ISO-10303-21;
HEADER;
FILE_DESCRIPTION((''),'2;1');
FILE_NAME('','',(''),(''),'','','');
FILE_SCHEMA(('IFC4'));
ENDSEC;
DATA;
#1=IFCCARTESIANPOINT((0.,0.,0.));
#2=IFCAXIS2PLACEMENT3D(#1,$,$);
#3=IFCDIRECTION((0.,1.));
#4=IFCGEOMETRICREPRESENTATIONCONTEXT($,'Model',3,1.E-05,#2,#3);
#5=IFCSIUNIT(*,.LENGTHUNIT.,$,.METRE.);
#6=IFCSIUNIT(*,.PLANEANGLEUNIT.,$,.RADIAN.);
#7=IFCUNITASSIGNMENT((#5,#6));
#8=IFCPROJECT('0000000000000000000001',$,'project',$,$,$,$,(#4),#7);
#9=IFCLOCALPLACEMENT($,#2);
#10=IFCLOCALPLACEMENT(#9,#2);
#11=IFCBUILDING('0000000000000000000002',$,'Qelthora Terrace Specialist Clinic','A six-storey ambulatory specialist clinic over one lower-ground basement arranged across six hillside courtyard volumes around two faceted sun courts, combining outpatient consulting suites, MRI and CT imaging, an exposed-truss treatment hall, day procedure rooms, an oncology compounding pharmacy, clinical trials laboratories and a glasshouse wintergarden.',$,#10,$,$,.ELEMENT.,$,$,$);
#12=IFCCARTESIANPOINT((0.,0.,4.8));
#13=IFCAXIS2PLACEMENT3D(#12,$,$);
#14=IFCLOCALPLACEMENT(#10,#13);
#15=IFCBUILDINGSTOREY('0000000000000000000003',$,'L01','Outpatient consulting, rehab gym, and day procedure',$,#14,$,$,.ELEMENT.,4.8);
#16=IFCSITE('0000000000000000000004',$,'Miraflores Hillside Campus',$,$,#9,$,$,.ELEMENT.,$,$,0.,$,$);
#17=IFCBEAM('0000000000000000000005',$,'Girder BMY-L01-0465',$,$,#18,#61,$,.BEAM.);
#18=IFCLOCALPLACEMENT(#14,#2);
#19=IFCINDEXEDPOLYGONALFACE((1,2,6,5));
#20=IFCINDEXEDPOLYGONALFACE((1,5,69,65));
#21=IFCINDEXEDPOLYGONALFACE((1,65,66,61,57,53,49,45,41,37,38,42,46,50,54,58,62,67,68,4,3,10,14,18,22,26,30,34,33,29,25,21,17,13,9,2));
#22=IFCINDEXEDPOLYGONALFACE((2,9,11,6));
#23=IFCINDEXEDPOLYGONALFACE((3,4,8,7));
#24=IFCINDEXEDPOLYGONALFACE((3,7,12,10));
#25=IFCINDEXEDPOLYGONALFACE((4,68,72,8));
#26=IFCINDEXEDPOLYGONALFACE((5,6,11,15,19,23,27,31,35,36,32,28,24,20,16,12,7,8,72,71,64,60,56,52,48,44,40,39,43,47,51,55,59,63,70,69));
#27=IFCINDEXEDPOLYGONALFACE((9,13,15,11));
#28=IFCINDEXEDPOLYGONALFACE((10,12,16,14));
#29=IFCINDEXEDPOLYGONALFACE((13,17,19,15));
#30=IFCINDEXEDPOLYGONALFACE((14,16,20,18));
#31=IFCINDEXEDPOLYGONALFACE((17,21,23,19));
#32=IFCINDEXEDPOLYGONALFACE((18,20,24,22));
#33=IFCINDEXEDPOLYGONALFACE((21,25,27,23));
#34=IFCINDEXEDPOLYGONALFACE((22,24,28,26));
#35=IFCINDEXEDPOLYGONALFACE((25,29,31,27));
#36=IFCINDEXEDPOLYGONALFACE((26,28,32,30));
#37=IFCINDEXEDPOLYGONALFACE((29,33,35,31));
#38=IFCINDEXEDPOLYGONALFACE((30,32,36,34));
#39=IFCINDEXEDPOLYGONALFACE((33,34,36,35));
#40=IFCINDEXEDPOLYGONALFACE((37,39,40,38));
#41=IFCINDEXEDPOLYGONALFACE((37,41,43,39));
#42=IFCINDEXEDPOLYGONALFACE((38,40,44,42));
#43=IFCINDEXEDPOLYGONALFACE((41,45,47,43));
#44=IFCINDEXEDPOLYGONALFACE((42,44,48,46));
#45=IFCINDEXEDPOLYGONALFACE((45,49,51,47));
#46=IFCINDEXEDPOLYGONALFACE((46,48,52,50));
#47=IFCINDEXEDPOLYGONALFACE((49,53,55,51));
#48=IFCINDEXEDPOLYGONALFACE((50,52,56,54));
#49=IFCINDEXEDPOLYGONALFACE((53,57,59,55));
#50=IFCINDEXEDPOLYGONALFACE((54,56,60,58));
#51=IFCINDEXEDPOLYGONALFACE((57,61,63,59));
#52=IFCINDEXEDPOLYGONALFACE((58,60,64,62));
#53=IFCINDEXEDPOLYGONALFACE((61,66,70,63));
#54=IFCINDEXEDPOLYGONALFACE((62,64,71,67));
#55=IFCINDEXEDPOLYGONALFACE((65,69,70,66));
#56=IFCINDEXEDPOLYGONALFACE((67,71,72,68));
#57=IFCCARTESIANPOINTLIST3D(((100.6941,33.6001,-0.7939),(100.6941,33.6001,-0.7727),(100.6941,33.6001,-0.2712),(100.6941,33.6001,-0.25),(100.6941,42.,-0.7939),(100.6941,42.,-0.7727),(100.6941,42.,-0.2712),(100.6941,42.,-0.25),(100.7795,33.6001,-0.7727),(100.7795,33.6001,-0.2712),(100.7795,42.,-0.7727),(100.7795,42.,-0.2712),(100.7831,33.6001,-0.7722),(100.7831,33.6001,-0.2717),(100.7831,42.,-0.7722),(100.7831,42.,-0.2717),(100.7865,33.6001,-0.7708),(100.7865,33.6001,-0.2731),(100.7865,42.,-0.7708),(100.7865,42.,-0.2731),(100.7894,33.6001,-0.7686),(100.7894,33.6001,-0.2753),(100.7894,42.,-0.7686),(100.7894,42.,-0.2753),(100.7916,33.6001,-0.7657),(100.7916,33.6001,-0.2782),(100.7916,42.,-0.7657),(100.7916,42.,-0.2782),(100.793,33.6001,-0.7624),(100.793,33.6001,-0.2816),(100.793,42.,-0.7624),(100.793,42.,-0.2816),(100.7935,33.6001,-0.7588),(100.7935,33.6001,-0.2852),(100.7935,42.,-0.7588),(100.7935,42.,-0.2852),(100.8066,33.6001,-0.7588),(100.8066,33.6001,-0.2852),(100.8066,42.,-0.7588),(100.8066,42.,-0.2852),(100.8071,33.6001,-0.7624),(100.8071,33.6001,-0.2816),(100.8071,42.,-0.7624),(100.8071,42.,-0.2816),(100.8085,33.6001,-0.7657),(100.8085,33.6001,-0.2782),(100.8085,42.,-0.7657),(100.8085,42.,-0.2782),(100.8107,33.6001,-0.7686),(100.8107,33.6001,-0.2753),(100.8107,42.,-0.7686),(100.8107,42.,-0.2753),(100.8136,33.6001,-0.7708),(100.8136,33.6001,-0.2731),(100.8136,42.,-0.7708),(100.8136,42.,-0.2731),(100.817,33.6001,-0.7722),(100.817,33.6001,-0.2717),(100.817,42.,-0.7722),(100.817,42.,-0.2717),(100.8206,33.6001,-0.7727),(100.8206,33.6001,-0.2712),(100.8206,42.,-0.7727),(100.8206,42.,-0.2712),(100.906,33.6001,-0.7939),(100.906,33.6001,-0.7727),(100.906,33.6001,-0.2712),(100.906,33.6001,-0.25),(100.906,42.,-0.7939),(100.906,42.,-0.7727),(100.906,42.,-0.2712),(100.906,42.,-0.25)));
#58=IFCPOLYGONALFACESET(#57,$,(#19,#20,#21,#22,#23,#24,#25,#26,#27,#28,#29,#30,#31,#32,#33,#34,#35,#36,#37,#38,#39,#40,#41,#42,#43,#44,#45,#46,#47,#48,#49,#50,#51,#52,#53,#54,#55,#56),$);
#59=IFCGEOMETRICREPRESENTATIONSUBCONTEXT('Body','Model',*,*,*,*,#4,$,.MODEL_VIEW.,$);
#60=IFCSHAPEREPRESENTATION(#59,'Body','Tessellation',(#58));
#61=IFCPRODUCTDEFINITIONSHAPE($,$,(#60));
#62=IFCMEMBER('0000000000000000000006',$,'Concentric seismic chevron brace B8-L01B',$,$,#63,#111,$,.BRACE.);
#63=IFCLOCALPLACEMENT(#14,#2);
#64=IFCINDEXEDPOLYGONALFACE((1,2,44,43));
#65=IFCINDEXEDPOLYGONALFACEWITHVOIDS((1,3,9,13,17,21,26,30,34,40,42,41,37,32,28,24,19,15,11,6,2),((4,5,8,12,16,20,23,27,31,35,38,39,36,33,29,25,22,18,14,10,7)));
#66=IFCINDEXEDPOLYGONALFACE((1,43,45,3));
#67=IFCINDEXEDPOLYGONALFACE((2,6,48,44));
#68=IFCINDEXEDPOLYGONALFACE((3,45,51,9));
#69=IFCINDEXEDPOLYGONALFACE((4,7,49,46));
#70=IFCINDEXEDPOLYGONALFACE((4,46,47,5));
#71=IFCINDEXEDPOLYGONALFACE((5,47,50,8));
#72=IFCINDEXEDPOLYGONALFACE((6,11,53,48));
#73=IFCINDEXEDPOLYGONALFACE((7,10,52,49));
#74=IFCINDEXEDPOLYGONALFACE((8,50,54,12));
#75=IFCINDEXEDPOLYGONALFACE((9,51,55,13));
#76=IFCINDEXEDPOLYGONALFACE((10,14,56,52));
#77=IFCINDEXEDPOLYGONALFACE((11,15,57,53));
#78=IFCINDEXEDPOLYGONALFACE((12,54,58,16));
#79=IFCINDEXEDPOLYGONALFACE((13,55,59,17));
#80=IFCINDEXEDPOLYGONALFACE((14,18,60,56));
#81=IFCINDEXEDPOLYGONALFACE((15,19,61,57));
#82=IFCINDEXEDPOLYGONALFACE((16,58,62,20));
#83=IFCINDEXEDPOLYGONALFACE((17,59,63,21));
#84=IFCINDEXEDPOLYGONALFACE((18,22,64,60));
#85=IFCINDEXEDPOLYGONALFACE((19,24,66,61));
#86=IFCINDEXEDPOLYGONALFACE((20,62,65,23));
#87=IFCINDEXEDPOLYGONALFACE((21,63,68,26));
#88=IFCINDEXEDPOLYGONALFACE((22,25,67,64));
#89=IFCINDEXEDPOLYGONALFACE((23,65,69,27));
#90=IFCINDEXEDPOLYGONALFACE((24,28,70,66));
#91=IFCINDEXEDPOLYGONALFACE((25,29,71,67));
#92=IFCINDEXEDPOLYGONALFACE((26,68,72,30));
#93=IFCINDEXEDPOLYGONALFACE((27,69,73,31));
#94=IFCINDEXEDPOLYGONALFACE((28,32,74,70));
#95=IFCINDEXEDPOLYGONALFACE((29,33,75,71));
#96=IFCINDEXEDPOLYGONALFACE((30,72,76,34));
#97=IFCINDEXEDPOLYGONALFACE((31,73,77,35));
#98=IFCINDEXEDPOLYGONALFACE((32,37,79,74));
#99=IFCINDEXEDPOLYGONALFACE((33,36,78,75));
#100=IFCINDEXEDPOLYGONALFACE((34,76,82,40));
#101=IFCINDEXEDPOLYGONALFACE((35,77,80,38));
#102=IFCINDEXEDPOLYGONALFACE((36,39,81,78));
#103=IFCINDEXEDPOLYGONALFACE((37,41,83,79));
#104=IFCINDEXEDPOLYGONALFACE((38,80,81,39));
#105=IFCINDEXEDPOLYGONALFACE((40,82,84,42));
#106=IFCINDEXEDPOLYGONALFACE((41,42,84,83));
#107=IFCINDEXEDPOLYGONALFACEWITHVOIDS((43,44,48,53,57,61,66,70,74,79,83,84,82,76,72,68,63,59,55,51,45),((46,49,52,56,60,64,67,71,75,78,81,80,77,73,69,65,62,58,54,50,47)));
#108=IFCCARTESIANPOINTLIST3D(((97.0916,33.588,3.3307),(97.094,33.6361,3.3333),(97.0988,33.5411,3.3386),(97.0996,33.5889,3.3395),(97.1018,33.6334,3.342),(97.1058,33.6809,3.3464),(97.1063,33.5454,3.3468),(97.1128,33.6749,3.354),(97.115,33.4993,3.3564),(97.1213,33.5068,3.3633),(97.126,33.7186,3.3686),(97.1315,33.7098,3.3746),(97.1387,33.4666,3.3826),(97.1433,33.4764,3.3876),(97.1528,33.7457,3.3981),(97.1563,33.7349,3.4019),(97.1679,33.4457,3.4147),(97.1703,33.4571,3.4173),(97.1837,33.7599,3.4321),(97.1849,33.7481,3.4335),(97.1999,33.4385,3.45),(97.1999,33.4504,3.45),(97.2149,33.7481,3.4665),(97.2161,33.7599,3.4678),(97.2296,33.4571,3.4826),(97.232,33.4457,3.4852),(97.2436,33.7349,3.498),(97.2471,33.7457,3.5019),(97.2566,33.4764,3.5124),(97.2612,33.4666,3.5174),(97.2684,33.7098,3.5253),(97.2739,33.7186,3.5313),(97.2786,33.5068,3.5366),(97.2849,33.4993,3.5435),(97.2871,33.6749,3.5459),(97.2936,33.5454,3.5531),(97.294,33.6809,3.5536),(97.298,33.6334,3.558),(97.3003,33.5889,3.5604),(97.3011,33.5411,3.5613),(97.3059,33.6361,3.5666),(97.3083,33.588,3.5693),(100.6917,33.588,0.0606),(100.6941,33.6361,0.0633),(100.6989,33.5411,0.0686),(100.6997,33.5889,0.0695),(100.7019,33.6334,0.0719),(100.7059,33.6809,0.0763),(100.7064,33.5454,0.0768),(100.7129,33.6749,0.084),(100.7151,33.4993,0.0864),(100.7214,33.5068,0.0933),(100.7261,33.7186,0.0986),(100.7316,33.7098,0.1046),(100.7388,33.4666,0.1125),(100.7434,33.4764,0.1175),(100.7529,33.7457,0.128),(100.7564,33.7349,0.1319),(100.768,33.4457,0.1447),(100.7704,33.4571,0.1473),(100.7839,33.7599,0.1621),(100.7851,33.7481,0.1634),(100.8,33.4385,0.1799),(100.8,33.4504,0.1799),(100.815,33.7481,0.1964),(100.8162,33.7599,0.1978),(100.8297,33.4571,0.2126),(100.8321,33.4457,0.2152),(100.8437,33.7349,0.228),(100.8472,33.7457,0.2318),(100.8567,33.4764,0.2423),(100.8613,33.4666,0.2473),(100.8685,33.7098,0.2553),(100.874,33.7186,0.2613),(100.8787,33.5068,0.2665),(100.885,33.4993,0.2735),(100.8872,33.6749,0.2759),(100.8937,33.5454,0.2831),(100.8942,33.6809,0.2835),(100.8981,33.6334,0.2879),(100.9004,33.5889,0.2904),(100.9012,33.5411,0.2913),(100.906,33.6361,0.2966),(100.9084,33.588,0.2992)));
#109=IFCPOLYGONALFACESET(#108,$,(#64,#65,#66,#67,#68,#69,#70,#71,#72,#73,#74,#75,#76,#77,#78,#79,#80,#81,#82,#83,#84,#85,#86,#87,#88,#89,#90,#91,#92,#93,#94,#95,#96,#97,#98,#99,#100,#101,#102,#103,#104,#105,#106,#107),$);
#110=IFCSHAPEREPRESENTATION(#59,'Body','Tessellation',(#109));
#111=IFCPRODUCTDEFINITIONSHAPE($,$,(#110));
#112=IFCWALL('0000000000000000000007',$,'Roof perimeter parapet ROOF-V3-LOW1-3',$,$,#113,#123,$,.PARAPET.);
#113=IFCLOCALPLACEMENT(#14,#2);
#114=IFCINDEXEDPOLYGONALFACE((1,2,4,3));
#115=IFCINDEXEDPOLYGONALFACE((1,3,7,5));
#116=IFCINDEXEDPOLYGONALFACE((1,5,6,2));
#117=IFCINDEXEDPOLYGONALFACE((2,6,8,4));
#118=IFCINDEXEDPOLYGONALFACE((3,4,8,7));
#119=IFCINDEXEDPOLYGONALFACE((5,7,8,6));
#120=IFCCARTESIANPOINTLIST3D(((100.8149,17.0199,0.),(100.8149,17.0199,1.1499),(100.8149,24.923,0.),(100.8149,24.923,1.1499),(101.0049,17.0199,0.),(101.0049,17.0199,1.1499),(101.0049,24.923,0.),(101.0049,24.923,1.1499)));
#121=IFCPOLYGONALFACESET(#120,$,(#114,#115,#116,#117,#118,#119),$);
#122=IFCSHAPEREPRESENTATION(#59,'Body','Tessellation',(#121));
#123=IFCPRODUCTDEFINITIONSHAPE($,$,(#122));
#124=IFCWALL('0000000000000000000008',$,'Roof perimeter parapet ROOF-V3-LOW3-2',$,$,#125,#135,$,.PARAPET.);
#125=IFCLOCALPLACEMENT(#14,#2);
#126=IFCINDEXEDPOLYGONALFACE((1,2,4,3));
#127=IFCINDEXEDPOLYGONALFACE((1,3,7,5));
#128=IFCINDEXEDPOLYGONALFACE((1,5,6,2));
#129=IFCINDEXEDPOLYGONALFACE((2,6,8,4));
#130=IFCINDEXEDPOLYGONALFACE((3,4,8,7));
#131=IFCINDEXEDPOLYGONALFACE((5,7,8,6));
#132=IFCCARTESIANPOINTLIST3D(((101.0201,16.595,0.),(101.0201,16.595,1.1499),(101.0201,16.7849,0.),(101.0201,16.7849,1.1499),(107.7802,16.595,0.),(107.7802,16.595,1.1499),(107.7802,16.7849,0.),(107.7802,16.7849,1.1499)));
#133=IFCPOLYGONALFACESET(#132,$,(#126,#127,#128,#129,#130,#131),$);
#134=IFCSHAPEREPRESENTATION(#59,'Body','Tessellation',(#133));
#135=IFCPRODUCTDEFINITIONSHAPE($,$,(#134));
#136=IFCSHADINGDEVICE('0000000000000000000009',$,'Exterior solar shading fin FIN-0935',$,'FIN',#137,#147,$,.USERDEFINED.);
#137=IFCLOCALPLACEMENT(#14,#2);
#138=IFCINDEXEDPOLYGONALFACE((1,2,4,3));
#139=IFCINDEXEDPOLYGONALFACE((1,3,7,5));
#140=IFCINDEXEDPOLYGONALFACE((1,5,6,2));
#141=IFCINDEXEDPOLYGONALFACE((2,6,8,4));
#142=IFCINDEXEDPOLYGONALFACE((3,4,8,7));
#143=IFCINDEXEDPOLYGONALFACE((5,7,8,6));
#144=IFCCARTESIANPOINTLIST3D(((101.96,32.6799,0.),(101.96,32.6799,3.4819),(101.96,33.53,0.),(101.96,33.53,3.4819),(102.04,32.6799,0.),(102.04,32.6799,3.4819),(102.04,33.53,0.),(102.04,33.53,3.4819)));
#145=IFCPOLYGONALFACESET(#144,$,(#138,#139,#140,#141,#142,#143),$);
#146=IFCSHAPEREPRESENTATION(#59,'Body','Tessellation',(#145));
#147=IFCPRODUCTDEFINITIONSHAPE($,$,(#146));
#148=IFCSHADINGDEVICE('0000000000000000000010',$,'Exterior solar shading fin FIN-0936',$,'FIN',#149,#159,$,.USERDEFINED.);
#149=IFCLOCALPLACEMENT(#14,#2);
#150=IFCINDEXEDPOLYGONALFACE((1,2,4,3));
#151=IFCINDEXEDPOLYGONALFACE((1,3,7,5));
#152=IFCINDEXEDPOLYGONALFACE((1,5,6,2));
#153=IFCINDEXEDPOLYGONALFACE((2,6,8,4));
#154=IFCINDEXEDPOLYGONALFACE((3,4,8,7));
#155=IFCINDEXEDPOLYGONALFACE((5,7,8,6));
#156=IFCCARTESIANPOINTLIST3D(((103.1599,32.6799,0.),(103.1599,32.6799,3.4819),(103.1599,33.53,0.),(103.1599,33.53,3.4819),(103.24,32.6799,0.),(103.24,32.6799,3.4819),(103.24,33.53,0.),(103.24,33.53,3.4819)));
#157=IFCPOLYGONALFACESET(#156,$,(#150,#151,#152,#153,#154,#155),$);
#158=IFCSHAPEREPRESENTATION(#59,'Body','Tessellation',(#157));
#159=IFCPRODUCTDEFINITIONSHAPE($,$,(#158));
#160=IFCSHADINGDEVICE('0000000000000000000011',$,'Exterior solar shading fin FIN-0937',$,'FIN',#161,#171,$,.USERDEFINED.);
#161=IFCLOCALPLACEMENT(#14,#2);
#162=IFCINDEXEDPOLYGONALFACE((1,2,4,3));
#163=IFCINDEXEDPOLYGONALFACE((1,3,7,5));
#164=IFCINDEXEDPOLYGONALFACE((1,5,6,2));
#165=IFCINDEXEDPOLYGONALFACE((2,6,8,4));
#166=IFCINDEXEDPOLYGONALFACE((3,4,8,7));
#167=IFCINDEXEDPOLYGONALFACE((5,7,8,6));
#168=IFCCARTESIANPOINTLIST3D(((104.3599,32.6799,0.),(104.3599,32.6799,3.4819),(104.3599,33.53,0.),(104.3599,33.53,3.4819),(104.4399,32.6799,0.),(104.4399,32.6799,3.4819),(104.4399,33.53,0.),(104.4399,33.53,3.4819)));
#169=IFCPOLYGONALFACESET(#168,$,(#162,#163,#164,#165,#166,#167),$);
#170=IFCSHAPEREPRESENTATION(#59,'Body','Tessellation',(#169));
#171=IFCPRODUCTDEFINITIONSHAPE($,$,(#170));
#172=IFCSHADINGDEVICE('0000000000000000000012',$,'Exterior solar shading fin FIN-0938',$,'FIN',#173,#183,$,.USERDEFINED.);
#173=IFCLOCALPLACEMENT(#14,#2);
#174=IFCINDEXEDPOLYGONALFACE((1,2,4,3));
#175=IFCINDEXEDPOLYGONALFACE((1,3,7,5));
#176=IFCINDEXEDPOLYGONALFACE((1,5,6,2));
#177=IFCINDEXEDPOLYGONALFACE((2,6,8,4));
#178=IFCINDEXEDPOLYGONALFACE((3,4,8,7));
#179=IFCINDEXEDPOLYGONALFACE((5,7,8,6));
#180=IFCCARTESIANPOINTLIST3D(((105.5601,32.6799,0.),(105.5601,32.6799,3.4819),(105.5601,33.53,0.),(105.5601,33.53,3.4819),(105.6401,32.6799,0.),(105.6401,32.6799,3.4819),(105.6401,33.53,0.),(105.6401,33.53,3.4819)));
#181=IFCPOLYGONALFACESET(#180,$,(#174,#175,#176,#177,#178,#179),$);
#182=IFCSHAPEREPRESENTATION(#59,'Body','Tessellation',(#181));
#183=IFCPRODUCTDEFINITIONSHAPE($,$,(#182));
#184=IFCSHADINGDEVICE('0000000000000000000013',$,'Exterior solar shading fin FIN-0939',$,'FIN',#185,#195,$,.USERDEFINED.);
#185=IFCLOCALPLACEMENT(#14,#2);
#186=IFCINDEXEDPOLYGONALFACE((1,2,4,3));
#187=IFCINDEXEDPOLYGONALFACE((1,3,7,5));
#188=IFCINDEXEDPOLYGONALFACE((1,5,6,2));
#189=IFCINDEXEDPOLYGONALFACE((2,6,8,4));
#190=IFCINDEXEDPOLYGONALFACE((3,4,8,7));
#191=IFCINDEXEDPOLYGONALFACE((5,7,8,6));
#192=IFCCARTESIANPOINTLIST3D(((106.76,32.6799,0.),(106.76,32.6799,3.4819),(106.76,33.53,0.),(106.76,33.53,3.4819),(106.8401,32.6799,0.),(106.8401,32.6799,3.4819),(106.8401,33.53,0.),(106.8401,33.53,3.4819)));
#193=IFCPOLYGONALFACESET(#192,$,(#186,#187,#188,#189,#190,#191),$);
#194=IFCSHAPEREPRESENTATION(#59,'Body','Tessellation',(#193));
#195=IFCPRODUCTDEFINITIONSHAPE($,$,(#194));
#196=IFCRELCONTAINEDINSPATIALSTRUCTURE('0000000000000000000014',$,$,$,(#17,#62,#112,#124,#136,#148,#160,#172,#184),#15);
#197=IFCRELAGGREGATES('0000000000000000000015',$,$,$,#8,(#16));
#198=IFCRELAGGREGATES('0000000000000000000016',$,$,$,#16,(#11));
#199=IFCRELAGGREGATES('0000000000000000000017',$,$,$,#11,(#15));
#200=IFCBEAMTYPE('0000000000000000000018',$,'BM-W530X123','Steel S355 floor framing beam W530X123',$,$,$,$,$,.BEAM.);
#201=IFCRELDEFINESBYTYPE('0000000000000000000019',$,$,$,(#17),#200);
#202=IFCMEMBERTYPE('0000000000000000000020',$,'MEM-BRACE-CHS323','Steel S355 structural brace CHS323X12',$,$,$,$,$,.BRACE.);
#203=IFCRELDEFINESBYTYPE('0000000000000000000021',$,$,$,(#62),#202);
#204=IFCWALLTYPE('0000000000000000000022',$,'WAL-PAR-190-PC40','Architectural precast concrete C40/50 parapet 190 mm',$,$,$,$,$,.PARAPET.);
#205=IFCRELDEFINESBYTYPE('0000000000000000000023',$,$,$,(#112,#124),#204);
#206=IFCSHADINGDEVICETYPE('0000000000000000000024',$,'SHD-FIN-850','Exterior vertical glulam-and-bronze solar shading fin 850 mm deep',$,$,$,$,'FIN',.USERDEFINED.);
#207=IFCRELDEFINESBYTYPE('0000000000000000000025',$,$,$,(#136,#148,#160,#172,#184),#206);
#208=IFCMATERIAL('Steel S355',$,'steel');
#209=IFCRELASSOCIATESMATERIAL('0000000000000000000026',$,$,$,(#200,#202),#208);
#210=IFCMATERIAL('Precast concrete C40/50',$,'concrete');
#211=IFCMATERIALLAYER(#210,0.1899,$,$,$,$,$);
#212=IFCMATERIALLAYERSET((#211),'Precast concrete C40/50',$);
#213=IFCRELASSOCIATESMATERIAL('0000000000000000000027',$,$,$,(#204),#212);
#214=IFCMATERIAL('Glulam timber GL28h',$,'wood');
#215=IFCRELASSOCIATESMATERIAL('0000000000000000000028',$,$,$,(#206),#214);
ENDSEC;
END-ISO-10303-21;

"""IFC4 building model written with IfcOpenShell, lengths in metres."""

from ifc_helpers import new_model, si_unit, direction, frame, frame_2d, origin, origin_2d, place, context, subcontext, project, spatial, rectangle, hollow_circle, i_section, extrude, material, layer, layer_set, material_profile, profile_set, type_object, element, save


model = new_model("IFC4")

# Units and contexts
model_context = context("Model", 3, precision=1e-05, world=origin(), true_north=direction((0.0, 1.0)))
body_context = subcontext(model_context, "Body", "Model", "MODEL_VIEW")
ifc_project = project(units=[si_unit("LENGTHUNIT", "METRE"), si_unit("PLANEANGLEUNIT", "RADIAN")], contexts=[model_context])

# Site, building, storey
site_placement = place(None, origin())
site = spatial("IfcSite", under=ifc_project, at=site_placement, Name="Miraflores Hillside Campus", CompositionType="ELEMENT", RefElevation=0.0)
building_placement = place(site_placement, origin())
building = spatial("IfcBuilding", under=site, at=building_placement, Name="Qelthora Terrace Specialist Clinic", Description="A six-storey ambulatory specialist clinic over one lower-ground basement arranged across six hillside courtyard volumes around two faceted sun courts, combining outpatient consulting suites, MRI and CT imaging, an exposed-truss treatment hall, day procedure rooms, an oncology compounding pharmacy, clinical trials laboratories and a glasshouse wintergarden.", CompositionType="ELEMENT")
storey_placement = place(building_placement, frame((0.0, 0.0, 4.8)))
storey = spatial("IfcBuildingStorey", under=building, at=storey_placement, Name="L01", Description="Outpatient consulting, rehab gym, and day procedure", CompositionType="ELEMENT", Elevation=4.8)

# Shared definitions
ifc_material_1 = material(Name="Steel S355", Category="steel")

# Beam
ifc_material_profile_1 = material_profile(ifc_material_1, i_section(OverallWidth=0.2119, OverallDepth=0.5439, WebThickness=0.0132, FlangeThickness=0.0212, FilletRadius=0.0139, at=origin_2d()), Name="W530X123")
ifc_profile_set_1 = profile_set([ifc_material_profile_1], Name="Steel S355")
beam_type_1 = type_object("IfcBeamType", Name="BM-W530X123", Description="Steel S355 floor framing beam W530X123", PredefinedType="BEAM", material=ifc_profile_set_1)
beam_1_placement = place(storey_placement, frame((100.8, 33.6001, -0.522), z_axis=(0.0, 1.0, 0.0), x_axis=(-1.0, 0.0, 0.0)))
element("IfcBeam", 1, at=beam_1_placement, inside=storey, type_object=beam_type_1, Name="Girder BMY-L01-0465", PredefinedType="BEAM", context=body_context, shape_type="SweptSolid", body=[
    extrude(i_section(OverallWidth=0.2119, OverallDepth=0.5439, WebThickness=0.0132, FlangeThickness=0.0212, FilletRadius=0.0139, at=origin_2d()), origin(), (0.0, 0.0, 1.0), 8.3999),
])

# Member
ifc_material_profile_2 = material_profile(ifc_material_1, hollow_circle(Radius=0.1616, WallThickness=0.012, at=origin_2d()), Name="CHS323X12")
ifc_profile_set_2 = profile_set([ifc_material_profile_2], Name="Steel S355")
member_type = type_object("IfcMemberType", Name="MEM-BRACE-CHS323", Description="Steel S355 structural brace CHS323X12", PredefinedType="BRACE", material=ifc_profile_set_2)
member_placement = place(storey_placement, frame((100.8, 33.6001, 0.1799), z_axis=(-0.740226, 0.0, 0.672358), x_axis=(0.0, -1.0, 0.0)))
element("IfcMember", 2, at=member_placement, inside=storey, type_object=member_type, Name="Concentric seismic chevron brace B8-L01B", PredefinedType="BRACE", context=body_context, shape_type="SweptSolid", body=[
    extrude(hollow_circle(Radius=0.1616, WallThickness=0.012, at=origin_2d()), origin(), (0.0, 0.0, 1.0), 4.8635),
])

# Walls
ifc_material_2 = material(Name="Precast concrete C40/50", Category="concrete")
ifc_layer = layer(ifc_material_2, 0.1899)
ifc_layer_set = layer_set([ifc_layer], Name="Precast concrete C40/50")
wall_type = type_object("IfcWallType", Name="WAL-PAR-190-PC40", Description="Architectural precast concrete C40/50 parapet 190 mm", PredefinedType="PARAPET", material=ifc_layer_set)
wall_1_placement = place(storey_placement, frame((100.9099, 24.9231, 0.0), z_axis=(0.0, 0.0, 1.0), x_axis=(0.0, -1.0, 0.0)))
element("IfcWall", 3, at=wall_1_placement, inside=storey, type_object=wall_type, Name="Roof perimeter parapet ROOF-V3-LOW1-3", PredefinedType="PARAPET", context=body_context, shape_type="SweptSolid", body=[
    extrude(rectangle(XDim=7.9031, YDim=0.1899, at=frame_2d((3.9517, 0.0))), origin(), (0.0, 0.0, 1.0), 1.1499),
])
wall_2_placement = place(storey_placement, frame((107.78, 16.6899, 0.0), z_axis=(0.0, 0.0, 1.0), x_axis=(-1.0, 0.0, 0.0)))
element("IfcWall", 4, at=wall_2_placement, inside=storey, type_object=wall_type, Name="Roof perimeter parapet ROOF-V3-LOW3-2", PredefinedType="PARAPET", context=body_context, shape_type="SweptSolid", body=[
    extrude(rectangle(XDim=6.76, YDim=0.1899, at=frame_2d((3.3799, 0.0))), origin(), (0.0, 0.0, 1.0), 1.1499),
])

# Shading devices
ifc_material_3 = material(Name="Glulam timber GL28h", Category="wood")
shading_device_type = type_object("IfcShadingDeviceType", Name="SHD-FIN-850", Description="Exterior vertical glulam-and-bronze solar shading fin 850 mm deep", ElementType="FIN", PredefinedType="USERDEFINED", material=ifc_material_3)
for number, where, z_axis, x_axis, name in (
    (5, (102.0, 33.105, 0.0), (0.0, 0.0, 1.0), (0.0, -1.0, 0.0), "Exterior solar shading fin FIN-0935"),
    (6, (103.2, 33.105, 0.0), (0.0, 0.0, 1.0), (0.0, -1.0, 0.0), "Exterior solar shading fin FIN-0936"),
    (7, (104.3999, 33.105, 0.0), (0.0, 0.0, 1.0), (0.0, -1.0, 0.0), "Exterior solar shading fin FIN-0937"),
    (8, (105.6001, 33.105, 0.0), (0.0, 0.0, 1.0), (0.0, -1.0, 0.0), "Exterior solar shading fin FIN-0938"),
    (9, (106.8, 33.105, 0.0), (0.0, 0.0, 1.0), (0.0, -1.0, 0.0), "Exterior solar shading fin FIN-0939"),
):
    element("IfcShadingDevice", number, at=place(storey_placement, frame(where, z_axis=z_axis, x_axis=x_axis)), inside=storey, type_object=shading_device_type, Name=name, ObjectType="FIN", PredefinedType="USERDEFINED", context=body_context, shape_type="SweptSolid", body=[
        extrude(rectangle(XDim=0.8501, YDim=0.0801, at=origin_2d()), origin(), (0.0, 0.0, 1.0), 3.4819),
    ])

save(model, "model.ifc")
